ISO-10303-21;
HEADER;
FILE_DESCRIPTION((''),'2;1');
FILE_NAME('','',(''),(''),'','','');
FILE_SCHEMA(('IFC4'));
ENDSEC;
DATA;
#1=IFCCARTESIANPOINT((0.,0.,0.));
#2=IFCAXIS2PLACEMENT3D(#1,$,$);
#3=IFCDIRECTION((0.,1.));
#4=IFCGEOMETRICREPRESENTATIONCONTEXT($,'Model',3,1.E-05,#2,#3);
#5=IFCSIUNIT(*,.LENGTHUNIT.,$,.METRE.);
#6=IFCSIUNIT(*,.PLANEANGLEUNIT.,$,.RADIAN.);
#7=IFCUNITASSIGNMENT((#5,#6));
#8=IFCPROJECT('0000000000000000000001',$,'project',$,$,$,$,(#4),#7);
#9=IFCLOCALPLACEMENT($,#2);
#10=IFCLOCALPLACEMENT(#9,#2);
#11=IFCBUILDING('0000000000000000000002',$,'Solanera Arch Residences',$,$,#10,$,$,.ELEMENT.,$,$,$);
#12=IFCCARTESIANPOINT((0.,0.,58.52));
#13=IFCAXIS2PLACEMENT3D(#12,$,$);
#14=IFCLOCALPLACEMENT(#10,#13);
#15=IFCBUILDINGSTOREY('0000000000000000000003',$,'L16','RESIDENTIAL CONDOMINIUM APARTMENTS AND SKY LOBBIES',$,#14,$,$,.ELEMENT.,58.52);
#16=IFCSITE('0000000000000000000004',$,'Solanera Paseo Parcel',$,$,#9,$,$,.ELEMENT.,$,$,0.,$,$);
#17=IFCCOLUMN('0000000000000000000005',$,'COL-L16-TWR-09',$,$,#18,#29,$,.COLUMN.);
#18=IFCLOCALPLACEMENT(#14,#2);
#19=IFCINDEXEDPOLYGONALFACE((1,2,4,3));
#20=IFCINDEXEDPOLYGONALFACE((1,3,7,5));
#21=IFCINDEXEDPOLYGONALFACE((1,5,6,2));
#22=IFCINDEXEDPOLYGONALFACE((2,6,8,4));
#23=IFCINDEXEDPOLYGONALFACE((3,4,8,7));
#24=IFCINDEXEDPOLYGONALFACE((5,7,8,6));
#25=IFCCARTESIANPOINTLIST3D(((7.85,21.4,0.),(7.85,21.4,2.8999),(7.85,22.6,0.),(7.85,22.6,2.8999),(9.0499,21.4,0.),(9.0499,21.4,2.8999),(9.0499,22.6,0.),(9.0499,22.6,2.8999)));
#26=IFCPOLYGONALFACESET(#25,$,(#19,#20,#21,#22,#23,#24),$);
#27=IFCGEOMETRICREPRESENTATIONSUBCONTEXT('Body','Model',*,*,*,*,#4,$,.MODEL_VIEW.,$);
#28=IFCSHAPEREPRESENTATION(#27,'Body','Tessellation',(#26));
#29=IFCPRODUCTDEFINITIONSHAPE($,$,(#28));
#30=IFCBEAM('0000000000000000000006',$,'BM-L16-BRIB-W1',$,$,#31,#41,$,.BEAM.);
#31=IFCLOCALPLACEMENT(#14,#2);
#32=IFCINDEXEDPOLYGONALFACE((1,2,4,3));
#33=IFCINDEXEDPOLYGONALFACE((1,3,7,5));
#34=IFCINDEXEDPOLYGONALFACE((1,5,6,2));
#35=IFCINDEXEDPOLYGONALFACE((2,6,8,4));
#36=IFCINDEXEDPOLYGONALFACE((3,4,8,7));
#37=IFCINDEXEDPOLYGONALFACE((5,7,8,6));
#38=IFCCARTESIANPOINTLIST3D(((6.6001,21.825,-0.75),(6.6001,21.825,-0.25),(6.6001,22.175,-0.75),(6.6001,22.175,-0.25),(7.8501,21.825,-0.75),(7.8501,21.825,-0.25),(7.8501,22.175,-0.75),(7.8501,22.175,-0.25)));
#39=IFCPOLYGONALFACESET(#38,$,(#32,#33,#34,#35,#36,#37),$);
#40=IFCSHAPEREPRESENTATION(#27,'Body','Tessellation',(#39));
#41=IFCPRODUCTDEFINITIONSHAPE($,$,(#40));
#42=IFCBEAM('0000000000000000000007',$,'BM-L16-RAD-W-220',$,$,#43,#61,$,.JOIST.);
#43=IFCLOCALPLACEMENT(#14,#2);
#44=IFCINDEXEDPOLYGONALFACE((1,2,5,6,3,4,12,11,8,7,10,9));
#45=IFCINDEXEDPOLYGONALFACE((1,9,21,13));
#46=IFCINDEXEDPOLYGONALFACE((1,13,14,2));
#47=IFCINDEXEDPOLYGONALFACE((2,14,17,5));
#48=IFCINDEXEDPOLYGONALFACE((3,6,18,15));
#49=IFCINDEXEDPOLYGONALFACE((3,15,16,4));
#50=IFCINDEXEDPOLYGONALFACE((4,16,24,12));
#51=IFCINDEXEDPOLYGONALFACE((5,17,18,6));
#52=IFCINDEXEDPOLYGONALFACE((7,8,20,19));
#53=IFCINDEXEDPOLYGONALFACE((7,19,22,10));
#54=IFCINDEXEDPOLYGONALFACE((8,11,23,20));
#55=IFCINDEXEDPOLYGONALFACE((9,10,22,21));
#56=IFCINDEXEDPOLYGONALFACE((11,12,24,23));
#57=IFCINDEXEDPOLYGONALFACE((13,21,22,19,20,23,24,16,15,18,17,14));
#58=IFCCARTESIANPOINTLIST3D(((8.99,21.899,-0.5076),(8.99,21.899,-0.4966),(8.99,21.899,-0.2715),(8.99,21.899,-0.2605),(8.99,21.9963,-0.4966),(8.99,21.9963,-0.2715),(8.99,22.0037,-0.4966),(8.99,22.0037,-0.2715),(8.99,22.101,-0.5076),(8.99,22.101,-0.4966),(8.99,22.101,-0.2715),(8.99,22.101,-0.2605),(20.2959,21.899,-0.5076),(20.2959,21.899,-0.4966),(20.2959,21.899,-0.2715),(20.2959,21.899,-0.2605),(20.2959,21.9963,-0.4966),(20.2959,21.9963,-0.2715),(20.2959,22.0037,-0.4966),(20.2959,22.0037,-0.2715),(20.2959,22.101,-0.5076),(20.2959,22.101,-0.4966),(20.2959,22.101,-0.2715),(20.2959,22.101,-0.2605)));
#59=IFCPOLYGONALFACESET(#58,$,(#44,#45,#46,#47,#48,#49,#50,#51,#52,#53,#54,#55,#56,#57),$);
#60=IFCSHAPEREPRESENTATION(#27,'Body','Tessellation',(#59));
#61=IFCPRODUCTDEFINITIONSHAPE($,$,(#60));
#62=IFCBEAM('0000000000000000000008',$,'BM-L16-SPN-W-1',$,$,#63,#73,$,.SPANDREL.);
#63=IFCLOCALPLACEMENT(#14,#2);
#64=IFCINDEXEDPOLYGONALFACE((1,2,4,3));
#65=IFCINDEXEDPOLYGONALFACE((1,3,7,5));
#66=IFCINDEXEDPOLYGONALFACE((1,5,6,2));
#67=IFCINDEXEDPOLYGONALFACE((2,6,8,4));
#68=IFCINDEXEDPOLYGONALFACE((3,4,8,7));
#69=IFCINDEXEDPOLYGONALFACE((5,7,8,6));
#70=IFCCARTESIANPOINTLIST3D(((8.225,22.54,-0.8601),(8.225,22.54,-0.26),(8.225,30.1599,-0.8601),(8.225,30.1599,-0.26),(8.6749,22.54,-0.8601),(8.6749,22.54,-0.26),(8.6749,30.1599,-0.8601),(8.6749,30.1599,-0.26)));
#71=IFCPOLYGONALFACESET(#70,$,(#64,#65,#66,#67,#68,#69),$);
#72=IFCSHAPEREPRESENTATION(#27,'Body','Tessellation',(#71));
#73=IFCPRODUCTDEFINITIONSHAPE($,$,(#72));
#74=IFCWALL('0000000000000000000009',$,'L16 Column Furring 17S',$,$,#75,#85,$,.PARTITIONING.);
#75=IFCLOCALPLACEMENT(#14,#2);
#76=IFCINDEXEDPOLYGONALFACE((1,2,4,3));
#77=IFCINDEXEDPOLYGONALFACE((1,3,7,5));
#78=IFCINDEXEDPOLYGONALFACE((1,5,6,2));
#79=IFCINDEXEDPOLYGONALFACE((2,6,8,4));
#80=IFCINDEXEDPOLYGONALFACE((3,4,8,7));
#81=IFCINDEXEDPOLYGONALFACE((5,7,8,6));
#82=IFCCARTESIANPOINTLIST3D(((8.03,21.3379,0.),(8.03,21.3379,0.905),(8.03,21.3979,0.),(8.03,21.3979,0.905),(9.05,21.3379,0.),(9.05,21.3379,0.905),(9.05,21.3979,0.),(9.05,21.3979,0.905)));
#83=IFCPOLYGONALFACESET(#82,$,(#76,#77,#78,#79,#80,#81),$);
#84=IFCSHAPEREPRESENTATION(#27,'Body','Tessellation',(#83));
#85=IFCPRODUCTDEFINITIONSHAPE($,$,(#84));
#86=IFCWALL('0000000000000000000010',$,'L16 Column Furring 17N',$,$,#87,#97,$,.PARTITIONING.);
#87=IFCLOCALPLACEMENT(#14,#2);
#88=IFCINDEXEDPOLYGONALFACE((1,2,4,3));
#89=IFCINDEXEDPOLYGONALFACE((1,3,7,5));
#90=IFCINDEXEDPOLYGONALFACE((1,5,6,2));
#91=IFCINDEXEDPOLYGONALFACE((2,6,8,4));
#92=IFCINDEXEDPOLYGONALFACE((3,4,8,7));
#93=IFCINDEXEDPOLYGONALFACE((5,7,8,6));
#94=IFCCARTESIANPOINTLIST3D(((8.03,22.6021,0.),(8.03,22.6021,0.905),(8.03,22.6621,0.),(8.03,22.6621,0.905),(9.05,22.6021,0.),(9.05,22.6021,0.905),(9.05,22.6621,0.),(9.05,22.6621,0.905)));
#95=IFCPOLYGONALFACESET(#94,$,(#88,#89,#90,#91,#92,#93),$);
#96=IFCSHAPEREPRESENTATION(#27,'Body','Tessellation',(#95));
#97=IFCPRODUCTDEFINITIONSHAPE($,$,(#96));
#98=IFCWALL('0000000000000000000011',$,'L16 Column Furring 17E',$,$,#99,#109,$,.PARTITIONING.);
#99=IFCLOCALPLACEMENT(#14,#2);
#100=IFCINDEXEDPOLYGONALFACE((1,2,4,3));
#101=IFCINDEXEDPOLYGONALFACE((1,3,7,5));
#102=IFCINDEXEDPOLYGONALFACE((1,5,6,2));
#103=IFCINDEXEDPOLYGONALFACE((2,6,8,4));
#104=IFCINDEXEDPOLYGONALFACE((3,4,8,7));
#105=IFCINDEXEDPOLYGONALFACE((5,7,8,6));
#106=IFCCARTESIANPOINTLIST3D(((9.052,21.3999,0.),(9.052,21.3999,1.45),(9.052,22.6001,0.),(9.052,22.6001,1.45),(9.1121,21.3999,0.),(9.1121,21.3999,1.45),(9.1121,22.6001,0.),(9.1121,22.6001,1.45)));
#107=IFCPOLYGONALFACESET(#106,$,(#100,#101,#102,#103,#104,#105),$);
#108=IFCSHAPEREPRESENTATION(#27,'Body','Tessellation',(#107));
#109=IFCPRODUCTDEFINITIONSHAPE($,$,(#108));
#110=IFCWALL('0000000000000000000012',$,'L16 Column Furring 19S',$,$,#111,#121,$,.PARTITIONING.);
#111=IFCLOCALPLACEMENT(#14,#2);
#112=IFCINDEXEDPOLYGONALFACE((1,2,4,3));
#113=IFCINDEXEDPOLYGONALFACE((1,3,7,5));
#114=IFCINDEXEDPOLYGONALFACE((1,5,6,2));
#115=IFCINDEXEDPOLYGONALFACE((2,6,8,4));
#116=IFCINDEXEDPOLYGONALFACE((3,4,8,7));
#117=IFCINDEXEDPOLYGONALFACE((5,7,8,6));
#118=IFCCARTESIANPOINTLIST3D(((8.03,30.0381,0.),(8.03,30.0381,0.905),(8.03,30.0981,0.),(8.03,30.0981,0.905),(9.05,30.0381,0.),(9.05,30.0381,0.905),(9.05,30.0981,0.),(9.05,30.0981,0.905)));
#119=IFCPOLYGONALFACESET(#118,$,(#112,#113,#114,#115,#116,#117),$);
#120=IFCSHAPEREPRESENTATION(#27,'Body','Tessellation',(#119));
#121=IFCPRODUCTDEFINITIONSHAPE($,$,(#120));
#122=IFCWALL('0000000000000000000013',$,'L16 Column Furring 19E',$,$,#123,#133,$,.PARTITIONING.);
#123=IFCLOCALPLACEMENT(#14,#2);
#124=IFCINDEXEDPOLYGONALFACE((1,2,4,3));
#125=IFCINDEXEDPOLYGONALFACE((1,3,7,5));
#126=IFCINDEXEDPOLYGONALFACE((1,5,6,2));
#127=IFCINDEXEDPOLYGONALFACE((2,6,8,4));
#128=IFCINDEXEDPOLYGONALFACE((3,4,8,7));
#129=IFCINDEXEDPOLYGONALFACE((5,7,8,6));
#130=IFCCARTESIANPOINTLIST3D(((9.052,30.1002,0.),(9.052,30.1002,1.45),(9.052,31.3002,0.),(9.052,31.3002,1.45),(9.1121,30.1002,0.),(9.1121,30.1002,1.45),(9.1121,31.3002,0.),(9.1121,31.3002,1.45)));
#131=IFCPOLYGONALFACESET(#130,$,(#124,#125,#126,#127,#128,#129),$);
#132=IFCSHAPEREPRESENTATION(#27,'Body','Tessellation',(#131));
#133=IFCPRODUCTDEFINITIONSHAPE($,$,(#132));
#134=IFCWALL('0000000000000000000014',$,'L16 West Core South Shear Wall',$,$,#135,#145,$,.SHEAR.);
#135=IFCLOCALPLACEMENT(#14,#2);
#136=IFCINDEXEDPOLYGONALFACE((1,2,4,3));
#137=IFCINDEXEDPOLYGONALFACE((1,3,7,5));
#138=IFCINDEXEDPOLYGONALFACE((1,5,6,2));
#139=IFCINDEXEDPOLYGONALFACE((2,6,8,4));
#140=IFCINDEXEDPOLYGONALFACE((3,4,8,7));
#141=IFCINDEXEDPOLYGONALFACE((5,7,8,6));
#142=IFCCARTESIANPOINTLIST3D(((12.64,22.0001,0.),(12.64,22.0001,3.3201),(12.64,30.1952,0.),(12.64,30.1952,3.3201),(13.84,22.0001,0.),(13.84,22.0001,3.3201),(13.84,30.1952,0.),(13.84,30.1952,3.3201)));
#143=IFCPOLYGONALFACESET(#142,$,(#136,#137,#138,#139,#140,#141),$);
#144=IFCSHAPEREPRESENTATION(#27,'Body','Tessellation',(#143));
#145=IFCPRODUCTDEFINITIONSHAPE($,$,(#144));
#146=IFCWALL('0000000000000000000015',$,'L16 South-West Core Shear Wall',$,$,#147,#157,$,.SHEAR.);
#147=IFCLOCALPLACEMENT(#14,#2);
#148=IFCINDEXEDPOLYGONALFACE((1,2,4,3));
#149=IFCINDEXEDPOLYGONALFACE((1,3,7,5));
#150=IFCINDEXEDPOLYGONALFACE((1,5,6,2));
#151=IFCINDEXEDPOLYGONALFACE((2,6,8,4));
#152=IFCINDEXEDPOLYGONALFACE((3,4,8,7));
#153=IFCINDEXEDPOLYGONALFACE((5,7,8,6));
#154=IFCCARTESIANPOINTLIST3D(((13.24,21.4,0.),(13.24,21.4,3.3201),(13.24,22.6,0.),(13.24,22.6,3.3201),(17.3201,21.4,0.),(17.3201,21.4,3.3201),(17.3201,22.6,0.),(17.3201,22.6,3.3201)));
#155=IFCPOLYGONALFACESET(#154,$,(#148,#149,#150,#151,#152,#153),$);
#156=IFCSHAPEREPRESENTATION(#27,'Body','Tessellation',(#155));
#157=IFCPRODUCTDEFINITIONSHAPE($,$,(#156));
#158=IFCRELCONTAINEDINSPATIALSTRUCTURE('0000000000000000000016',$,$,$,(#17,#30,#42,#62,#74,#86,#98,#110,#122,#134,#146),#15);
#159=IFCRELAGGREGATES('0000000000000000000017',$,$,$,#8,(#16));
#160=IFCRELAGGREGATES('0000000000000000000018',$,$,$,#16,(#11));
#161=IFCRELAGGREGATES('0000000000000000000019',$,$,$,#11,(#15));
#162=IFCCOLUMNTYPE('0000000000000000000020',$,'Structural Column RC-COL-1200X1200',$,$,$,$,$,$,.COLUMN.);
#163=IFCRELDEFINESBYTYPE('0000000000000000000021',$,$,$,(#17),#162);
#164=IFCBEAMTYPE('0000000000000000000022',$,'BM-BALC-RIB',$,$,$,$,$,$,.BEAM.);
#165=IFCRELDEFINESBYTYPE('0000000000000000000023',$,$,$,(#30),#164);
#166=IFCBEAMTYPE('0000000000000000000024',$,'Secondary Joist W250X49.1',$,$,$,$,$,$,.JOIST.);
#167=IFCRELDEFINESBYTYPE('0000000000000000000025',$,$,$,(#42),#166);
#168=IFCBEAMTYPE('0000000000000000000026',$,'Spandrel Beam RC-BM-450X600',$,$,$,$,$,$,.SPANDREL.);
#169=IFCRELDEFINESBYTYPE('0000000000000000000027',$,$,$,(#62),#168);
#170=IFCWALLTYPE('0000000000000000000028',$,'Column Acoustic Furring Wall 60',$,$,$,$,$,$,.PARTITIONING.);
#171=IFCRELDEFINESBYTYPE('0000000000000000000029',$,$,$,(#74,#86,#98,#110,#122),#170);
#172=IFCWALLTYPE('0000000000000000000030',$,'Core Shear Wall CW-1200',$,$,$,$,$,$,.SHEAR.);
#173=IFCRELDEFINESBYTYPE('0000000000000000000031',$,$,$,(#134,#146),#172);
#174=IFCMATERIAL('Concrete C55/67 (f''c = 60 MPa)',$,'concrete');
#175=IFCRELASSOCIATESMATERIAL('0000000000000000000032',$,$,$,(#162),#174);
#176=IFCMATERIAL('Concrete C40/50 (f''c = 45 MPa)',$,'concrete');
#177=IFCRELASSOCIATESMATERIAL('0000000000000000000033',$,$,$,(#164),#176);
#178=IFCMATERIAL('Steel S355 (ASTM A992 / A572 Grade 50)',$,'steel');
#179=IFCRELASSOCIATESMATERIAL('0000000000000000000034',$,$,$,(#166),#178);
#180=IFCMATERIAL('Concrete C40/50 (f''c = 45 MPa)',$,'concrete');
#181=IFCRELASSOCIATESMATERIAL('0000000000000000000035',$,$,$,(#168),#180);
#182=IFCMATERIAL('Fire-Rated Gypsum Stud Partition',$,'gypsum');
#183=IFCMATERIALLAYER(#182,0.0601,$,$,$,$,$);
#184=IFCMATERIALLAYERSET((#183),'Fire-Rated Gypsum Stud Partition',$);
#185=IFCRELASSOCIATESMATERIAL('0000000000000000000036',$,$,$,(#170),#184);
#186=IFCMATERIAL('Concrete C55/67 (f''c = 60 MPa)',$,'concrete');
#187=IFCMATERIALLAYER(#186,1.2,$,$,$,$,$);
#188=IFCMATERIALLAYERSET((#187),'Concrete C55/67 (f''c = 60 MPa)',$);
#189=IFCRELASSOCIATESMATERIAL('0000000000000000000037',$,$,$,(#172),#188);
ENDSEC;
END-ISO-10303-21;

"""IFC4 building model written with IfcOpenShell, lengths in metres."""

from ifc_helpers import new_model, si_unit, direction, frame, frame_2d, origin, origin_2d, place, context, subcontext, project, spatial, rectangle, i_section, extrude, material, layer, layer_set, material_profile, profile_set, type_object, element, save


model = new_model("IFC4")

# Units and contexts
model_context = context("Model", 3, precision=1e-05, world=origin(), true_north=direction((0.0, 1.0)))
body_context = subcontext(model_context, "Body", "Model", "MODEL_VIEW")
ifc_project = project(units=[si_unit("LENGTHUNIT", "METRE"), si_unit("PLANEANGLEUNIT", "RADIAN")], contexts=[model_context])

# Site, building, storey
site_placement = place(None, origin())
site = spatial("IfcSite", under=ifc_project, at=site_placement, Name="Solanera Paseo Parcel", CompositionType="ELEMENT", RefElevation=0.0)
building_placement = place(site_placement, origin())
building = spatial("IfcBuilding", under=site, at=building_placement, Name="Solanera Arch Residences", CompositionType="ELEMENT")
storey_placement = place(building_placement, frame((0.0, 0.0, 58.52)))
storey = spatial("IfcBuildingStorey", under=building, at=storey_placement, Name="L16", Description="RESIDENTIAL CONDOMINIUM APARTMENTS AND SKY LOBBIES", CompositionType="ELEMENT", Elevation=58.52)

# Column
ifc_material_1 = material(Name="Concrete C55/67 (f'c = 60 MPa)", Category="concrete")
ifc_material_profile_1 = material_profile(ifc_material_1, rectangle(XDim=1.2, YDim=1.2, at=origin_2d()))
ifc_profile_set_1 = profile_set([ifc_material_profile_1], Name="Concrete C55/67 (f'c = 60 MPa)")
column_type = type_object("IfcColumnType", Name="Structural Column RC-COL-1200X1200", PredefinedType="COLUMN", material=ifc_profile_set_1)
column_placement = place(storey_placement, frame((8.45, 22.0, 0.0), z_axis=(0.0, 0.0, 1.0), x_axis=(1.0, 0.0, 0.0)))
element("IfcColumn", 1, at=column_placement, inside=storey, type_object=column_type, Name="COL-L16-TWR-09", PredefinedType="COLUMN", context=body_context, shape_type="SweptSolid", body=[
    extrude(rectangle(XDim=1.2, YDim=1.2, at=origin_2d()), origin(), (0.0, 0.0, 1.0), 2.8999),
])

# Beams
ifc_material_2 = material(Name="Concrete C40/50 (f'c = 45 MPa)", Category="concrete")
ifc_material_profile_2 = material_profile(ifc_material_2, rectangle(XDim=0.3501, YDim=0.5, at=origin_2d()))
ifc_profile_set_2 = profile_set([ifc_material_profile_2], Name="Concrete C40/50 (f'c = 45 MPa)")
beam_type_1 = type_object("IfcBeamType", Name="BM-BALC-RIB", PredefinedType="BEAM", material=ifc_profile_set_2)
beam_1_placement = place(storey_placement, frame((6.6001, 22.0, -0.5), z_axis=(1.0, 0.0, 0.0), x_axis=(0.0, 1.0, 0.0)))
element("IfcBeam", 2, at=beam_1_placement, inside=storey, type_object=beam_type_1, Name="BM-L16-BRIB-W1", PredefinedType="BEAM", context=body_context, shape_type="SweptSolid", body=[
    extrude(rectangle(XDim=0.3501, YDim=0.5, at=origin_2d()), origin(), (0.0, 0.0, 1.0), 1.25),
])
ifc_material_3 = material(Name="Steel S355 (ASTM A992 / A572 Grade 50)", Category="steel")
ifc_material_profile_3 = material_profile(ifc_material_3, i_section(OverallWidth=0.2019, OverallDepth=0.2471, WebThickness=0.0073, FlangeThickness=0.011, at=origin_2d()))
ifc_profile_set_3 = profile_set([ifc_material_profile_3], Name="Steel S355 (ASTM A992 / A572 Grade 50)")
beam_type_2 = type_object("IfcBeamType", Name="Secondary Joist W250X49.1", PredefinedType="JOIST", material=ifc_profile_set_3)
beam_2_placement = place(storey_placement, frame((8.99, 22.0, -0.384), z_axis=(1.0, 0.0, 0.0), x_axis=(0.0, 1.0, 0.0)))
element("IfcBeam", 3, at=beam_2_placement, inside=storey, type_object=beam_type_2, Name="BM-L16-RAD-W-220", PredefinedType="JOIST", context=body_context, shape_type="SweptSolid", body=[
    extrude(i_section(OverallWidth=0.2019, OverallDepth=0.2471, WebThickness=0.0073, FlangeThickness=0.011, at=origin_2d()), origin(), (0.0, 0.0, 1.0), 11.3059),
])
ifc_material_4 = material(Name="Concrete C40/50 (f'c = 45 MPa)", Category="concrete")
ifc_material_profile_4 = material_profile(ifc_material_4, rectangle(XDim=0.45, YDim=0.6001, at=origin_2d()))
ifc_profile_set_4 = profile_set([ifc_material_profile_4], Name="Concrete C40/50 (f'c = 45 MPa)")
beam_type_3 = type_object("IfcBeamType", Name="Spandrel Beam RC-BM-450X600", PredefinedType="SPANDREL", material=ifc_profile_set_4)
beam_3_placement = place(storey_placement, frame((8.45, 22.54, -0.5601), z_axis=(0.0, 1.0, 0.0), x_axis=(-1.0, 0.0, 0.0)))
element("IfcBeam", 4, at=beam_3_placement, inside=storey, type_object=beam_type_3, Name="BM-L16-SPN-W-1", PredefinedType="SPANDREL", context=body_context, shape_type="SweptSolid", body=[
    extrude(rectangle(XDim=0.45, YDim=0.6001, at=origin_2d()), origin(), (0.0, 0.0, 1.0), 7.6199),
])

# Walls
ifc_material_5 = material(Name="Fire-Rated Gypsum Stud Partition", Category="gypsum")
ifc_layer_1 = layer(ifc_material_5, 0.0601)
ifc_layer_set_1 = layer_set([ifc_layer_1], Name="Fire-Rated Gypsum Stud Partition")
wall_type_1 = type_object("IfcWallType", Name="Column Acoustic Furring Wall 60", PredefinedType="PARTITIONING", material=ifc_layer_set_1)
for number, where, z_axis, x_axis, name in (
    (5, (8.03, 21.3679, 0.0), (0.0, 0.0, 1.0), (1.0, 0.0, 0.0), "L16 Column Furring 17S"),
    (6, (8.03, 22.6321, 0.0), (0.0, 0.0, 1.0), (1.0, 0.0, 0.0), "L16 Column Furring 17N"),
):
    element("IfcWall", number, at=place(storey_placement, frame(where, z_axis=z_axis, x_axis=x_axis)), inside=storey, type_object=wall_type_1, Name=name, PredefinedType="PARTITIONING", context=body_context, shape_type="SweptSolid", body=[
        extrude(rectangle(XDim=1.02, YDim=0.0601, at=frame_2d((0.51, 0.0))), origin(), (0.0, 0.0, 1.0), 0.905),
    ])
wall_1_placement = place(storey_placement, frame((9.082, 21.3999, 0.0), z_axis=(0.0, 0.0, 1.0), x_axis=(0.0, 1.0, 0.0)))
element("IfcWall", 7, at=wall_1_placement, inside=storey, type_object=wall_type_1, Name="L16 Column Furring 17E", PredefinedType="PARTITIONING", context=body_context, shape_type="SweptSolid", body=[
    extrude(rectangle(XDim=1.2002, YDim=0.0601, at=frame_2d((0.6001, 0.0))), origin(), (0.0, 0.0, 1.0), 1.45),
])
wall_2_placement = place(storey_placement, frame((8.03, 30.0681, 0.0), z_axis=(0.0, 0.0, 1.0), x_axis=(1.0, 0.0, 0.0)))
element("IfcWall", 8, at=wall_2_placement, inside=storey, type_object=wall_type_1, Name="L16 Column Furring 19S", PredefinedType="PARTITIONING", context=body_context, shape_type="SweptSolid", body=[
    extrude(rectangle(XDim=1.02, YDim=0.0601, at=frame_2d((0.51, 0.0))), origin(), (0.0, 0.0, 1.0), 0.905),
])
wall_3_placement = place(storey_placement, frame((9.082, 30.1001, 0.0), z_axis=(0.0, 0.0, 1.0), x_axis=(0.0, 1.0, 0.0)))
element("IfcWall", 9, at=wall_3_placement, inside=storey, type_object=wall_type_1, Name="L16 Column Furring 19E", PredefinedType="PARTITIONING", context=body_context, shape_type="SweptSolid", body=[
    extrude(rectangle(XDim=1.2, YDim=0.0601, at=frame_2d((0.6001, 0.0))), origin(), (0.0, 0.0, 1.0), 1.45),
])
ifc_material_6 = material(Name="Concrete C55/67 (f'c = 60 MPa)", Category="concrete")
ifc_layer_2 = layer(ifc_material_6, 1.2)
ifc_layer_set_2 = layer_set([ifc_layer_2], Name="Concrete C55/67 (f'c = 60 MPa)")
wall_type_2 = type_object("IfcWallType", Name="Core Shear Wall CW-1200", PredefinedType="SHEAR", material=ifc_layer_set_2)
wall_4_placement = place(storey_placement, frame((13.24, 22.0, 0.0), z_axis=(0.0, 0.0, 1.0), x_axis=(0.0, 1.0, 0.0)))
element("IfcWall", 10, at=wall_4_placement, inside=storey, type_object=wall_type_2, Name="L16 West Core South Shear Wall", PredefinedType="SHEAR", context=body_context, shape_type="SweptSolid", body=[
    extrude(rectangle(XDim=8.1951, YDim=1.2, at=frame_2d((4.0977, 0.0))), origin(), (0.0, 0.0, 1.0), 3.3201),
])
wall_5_placement = place(storey_placement, frame((13.24, 22.0, 0.0), z_axis=(0.0, 0.0, 1.0), x_axis=(1.0, 0.0, 0.0)))
element("IfcWall", 11, at=wall_5_placement, inside=storey, type_object=wall_type_2, Name="L16 South-West Core Shear Wall", PredefinedType="SHEAR", context=body_context, shape_type="SweptSolid", body=[
    extrude(rectangle(XDim=4.0801, YDim=1.2, at=frame_2d((2.04, 0.0))), origin(), (0.0, 0.0, 1.0), 3.3201),
])

save(model, "model.ifc")
